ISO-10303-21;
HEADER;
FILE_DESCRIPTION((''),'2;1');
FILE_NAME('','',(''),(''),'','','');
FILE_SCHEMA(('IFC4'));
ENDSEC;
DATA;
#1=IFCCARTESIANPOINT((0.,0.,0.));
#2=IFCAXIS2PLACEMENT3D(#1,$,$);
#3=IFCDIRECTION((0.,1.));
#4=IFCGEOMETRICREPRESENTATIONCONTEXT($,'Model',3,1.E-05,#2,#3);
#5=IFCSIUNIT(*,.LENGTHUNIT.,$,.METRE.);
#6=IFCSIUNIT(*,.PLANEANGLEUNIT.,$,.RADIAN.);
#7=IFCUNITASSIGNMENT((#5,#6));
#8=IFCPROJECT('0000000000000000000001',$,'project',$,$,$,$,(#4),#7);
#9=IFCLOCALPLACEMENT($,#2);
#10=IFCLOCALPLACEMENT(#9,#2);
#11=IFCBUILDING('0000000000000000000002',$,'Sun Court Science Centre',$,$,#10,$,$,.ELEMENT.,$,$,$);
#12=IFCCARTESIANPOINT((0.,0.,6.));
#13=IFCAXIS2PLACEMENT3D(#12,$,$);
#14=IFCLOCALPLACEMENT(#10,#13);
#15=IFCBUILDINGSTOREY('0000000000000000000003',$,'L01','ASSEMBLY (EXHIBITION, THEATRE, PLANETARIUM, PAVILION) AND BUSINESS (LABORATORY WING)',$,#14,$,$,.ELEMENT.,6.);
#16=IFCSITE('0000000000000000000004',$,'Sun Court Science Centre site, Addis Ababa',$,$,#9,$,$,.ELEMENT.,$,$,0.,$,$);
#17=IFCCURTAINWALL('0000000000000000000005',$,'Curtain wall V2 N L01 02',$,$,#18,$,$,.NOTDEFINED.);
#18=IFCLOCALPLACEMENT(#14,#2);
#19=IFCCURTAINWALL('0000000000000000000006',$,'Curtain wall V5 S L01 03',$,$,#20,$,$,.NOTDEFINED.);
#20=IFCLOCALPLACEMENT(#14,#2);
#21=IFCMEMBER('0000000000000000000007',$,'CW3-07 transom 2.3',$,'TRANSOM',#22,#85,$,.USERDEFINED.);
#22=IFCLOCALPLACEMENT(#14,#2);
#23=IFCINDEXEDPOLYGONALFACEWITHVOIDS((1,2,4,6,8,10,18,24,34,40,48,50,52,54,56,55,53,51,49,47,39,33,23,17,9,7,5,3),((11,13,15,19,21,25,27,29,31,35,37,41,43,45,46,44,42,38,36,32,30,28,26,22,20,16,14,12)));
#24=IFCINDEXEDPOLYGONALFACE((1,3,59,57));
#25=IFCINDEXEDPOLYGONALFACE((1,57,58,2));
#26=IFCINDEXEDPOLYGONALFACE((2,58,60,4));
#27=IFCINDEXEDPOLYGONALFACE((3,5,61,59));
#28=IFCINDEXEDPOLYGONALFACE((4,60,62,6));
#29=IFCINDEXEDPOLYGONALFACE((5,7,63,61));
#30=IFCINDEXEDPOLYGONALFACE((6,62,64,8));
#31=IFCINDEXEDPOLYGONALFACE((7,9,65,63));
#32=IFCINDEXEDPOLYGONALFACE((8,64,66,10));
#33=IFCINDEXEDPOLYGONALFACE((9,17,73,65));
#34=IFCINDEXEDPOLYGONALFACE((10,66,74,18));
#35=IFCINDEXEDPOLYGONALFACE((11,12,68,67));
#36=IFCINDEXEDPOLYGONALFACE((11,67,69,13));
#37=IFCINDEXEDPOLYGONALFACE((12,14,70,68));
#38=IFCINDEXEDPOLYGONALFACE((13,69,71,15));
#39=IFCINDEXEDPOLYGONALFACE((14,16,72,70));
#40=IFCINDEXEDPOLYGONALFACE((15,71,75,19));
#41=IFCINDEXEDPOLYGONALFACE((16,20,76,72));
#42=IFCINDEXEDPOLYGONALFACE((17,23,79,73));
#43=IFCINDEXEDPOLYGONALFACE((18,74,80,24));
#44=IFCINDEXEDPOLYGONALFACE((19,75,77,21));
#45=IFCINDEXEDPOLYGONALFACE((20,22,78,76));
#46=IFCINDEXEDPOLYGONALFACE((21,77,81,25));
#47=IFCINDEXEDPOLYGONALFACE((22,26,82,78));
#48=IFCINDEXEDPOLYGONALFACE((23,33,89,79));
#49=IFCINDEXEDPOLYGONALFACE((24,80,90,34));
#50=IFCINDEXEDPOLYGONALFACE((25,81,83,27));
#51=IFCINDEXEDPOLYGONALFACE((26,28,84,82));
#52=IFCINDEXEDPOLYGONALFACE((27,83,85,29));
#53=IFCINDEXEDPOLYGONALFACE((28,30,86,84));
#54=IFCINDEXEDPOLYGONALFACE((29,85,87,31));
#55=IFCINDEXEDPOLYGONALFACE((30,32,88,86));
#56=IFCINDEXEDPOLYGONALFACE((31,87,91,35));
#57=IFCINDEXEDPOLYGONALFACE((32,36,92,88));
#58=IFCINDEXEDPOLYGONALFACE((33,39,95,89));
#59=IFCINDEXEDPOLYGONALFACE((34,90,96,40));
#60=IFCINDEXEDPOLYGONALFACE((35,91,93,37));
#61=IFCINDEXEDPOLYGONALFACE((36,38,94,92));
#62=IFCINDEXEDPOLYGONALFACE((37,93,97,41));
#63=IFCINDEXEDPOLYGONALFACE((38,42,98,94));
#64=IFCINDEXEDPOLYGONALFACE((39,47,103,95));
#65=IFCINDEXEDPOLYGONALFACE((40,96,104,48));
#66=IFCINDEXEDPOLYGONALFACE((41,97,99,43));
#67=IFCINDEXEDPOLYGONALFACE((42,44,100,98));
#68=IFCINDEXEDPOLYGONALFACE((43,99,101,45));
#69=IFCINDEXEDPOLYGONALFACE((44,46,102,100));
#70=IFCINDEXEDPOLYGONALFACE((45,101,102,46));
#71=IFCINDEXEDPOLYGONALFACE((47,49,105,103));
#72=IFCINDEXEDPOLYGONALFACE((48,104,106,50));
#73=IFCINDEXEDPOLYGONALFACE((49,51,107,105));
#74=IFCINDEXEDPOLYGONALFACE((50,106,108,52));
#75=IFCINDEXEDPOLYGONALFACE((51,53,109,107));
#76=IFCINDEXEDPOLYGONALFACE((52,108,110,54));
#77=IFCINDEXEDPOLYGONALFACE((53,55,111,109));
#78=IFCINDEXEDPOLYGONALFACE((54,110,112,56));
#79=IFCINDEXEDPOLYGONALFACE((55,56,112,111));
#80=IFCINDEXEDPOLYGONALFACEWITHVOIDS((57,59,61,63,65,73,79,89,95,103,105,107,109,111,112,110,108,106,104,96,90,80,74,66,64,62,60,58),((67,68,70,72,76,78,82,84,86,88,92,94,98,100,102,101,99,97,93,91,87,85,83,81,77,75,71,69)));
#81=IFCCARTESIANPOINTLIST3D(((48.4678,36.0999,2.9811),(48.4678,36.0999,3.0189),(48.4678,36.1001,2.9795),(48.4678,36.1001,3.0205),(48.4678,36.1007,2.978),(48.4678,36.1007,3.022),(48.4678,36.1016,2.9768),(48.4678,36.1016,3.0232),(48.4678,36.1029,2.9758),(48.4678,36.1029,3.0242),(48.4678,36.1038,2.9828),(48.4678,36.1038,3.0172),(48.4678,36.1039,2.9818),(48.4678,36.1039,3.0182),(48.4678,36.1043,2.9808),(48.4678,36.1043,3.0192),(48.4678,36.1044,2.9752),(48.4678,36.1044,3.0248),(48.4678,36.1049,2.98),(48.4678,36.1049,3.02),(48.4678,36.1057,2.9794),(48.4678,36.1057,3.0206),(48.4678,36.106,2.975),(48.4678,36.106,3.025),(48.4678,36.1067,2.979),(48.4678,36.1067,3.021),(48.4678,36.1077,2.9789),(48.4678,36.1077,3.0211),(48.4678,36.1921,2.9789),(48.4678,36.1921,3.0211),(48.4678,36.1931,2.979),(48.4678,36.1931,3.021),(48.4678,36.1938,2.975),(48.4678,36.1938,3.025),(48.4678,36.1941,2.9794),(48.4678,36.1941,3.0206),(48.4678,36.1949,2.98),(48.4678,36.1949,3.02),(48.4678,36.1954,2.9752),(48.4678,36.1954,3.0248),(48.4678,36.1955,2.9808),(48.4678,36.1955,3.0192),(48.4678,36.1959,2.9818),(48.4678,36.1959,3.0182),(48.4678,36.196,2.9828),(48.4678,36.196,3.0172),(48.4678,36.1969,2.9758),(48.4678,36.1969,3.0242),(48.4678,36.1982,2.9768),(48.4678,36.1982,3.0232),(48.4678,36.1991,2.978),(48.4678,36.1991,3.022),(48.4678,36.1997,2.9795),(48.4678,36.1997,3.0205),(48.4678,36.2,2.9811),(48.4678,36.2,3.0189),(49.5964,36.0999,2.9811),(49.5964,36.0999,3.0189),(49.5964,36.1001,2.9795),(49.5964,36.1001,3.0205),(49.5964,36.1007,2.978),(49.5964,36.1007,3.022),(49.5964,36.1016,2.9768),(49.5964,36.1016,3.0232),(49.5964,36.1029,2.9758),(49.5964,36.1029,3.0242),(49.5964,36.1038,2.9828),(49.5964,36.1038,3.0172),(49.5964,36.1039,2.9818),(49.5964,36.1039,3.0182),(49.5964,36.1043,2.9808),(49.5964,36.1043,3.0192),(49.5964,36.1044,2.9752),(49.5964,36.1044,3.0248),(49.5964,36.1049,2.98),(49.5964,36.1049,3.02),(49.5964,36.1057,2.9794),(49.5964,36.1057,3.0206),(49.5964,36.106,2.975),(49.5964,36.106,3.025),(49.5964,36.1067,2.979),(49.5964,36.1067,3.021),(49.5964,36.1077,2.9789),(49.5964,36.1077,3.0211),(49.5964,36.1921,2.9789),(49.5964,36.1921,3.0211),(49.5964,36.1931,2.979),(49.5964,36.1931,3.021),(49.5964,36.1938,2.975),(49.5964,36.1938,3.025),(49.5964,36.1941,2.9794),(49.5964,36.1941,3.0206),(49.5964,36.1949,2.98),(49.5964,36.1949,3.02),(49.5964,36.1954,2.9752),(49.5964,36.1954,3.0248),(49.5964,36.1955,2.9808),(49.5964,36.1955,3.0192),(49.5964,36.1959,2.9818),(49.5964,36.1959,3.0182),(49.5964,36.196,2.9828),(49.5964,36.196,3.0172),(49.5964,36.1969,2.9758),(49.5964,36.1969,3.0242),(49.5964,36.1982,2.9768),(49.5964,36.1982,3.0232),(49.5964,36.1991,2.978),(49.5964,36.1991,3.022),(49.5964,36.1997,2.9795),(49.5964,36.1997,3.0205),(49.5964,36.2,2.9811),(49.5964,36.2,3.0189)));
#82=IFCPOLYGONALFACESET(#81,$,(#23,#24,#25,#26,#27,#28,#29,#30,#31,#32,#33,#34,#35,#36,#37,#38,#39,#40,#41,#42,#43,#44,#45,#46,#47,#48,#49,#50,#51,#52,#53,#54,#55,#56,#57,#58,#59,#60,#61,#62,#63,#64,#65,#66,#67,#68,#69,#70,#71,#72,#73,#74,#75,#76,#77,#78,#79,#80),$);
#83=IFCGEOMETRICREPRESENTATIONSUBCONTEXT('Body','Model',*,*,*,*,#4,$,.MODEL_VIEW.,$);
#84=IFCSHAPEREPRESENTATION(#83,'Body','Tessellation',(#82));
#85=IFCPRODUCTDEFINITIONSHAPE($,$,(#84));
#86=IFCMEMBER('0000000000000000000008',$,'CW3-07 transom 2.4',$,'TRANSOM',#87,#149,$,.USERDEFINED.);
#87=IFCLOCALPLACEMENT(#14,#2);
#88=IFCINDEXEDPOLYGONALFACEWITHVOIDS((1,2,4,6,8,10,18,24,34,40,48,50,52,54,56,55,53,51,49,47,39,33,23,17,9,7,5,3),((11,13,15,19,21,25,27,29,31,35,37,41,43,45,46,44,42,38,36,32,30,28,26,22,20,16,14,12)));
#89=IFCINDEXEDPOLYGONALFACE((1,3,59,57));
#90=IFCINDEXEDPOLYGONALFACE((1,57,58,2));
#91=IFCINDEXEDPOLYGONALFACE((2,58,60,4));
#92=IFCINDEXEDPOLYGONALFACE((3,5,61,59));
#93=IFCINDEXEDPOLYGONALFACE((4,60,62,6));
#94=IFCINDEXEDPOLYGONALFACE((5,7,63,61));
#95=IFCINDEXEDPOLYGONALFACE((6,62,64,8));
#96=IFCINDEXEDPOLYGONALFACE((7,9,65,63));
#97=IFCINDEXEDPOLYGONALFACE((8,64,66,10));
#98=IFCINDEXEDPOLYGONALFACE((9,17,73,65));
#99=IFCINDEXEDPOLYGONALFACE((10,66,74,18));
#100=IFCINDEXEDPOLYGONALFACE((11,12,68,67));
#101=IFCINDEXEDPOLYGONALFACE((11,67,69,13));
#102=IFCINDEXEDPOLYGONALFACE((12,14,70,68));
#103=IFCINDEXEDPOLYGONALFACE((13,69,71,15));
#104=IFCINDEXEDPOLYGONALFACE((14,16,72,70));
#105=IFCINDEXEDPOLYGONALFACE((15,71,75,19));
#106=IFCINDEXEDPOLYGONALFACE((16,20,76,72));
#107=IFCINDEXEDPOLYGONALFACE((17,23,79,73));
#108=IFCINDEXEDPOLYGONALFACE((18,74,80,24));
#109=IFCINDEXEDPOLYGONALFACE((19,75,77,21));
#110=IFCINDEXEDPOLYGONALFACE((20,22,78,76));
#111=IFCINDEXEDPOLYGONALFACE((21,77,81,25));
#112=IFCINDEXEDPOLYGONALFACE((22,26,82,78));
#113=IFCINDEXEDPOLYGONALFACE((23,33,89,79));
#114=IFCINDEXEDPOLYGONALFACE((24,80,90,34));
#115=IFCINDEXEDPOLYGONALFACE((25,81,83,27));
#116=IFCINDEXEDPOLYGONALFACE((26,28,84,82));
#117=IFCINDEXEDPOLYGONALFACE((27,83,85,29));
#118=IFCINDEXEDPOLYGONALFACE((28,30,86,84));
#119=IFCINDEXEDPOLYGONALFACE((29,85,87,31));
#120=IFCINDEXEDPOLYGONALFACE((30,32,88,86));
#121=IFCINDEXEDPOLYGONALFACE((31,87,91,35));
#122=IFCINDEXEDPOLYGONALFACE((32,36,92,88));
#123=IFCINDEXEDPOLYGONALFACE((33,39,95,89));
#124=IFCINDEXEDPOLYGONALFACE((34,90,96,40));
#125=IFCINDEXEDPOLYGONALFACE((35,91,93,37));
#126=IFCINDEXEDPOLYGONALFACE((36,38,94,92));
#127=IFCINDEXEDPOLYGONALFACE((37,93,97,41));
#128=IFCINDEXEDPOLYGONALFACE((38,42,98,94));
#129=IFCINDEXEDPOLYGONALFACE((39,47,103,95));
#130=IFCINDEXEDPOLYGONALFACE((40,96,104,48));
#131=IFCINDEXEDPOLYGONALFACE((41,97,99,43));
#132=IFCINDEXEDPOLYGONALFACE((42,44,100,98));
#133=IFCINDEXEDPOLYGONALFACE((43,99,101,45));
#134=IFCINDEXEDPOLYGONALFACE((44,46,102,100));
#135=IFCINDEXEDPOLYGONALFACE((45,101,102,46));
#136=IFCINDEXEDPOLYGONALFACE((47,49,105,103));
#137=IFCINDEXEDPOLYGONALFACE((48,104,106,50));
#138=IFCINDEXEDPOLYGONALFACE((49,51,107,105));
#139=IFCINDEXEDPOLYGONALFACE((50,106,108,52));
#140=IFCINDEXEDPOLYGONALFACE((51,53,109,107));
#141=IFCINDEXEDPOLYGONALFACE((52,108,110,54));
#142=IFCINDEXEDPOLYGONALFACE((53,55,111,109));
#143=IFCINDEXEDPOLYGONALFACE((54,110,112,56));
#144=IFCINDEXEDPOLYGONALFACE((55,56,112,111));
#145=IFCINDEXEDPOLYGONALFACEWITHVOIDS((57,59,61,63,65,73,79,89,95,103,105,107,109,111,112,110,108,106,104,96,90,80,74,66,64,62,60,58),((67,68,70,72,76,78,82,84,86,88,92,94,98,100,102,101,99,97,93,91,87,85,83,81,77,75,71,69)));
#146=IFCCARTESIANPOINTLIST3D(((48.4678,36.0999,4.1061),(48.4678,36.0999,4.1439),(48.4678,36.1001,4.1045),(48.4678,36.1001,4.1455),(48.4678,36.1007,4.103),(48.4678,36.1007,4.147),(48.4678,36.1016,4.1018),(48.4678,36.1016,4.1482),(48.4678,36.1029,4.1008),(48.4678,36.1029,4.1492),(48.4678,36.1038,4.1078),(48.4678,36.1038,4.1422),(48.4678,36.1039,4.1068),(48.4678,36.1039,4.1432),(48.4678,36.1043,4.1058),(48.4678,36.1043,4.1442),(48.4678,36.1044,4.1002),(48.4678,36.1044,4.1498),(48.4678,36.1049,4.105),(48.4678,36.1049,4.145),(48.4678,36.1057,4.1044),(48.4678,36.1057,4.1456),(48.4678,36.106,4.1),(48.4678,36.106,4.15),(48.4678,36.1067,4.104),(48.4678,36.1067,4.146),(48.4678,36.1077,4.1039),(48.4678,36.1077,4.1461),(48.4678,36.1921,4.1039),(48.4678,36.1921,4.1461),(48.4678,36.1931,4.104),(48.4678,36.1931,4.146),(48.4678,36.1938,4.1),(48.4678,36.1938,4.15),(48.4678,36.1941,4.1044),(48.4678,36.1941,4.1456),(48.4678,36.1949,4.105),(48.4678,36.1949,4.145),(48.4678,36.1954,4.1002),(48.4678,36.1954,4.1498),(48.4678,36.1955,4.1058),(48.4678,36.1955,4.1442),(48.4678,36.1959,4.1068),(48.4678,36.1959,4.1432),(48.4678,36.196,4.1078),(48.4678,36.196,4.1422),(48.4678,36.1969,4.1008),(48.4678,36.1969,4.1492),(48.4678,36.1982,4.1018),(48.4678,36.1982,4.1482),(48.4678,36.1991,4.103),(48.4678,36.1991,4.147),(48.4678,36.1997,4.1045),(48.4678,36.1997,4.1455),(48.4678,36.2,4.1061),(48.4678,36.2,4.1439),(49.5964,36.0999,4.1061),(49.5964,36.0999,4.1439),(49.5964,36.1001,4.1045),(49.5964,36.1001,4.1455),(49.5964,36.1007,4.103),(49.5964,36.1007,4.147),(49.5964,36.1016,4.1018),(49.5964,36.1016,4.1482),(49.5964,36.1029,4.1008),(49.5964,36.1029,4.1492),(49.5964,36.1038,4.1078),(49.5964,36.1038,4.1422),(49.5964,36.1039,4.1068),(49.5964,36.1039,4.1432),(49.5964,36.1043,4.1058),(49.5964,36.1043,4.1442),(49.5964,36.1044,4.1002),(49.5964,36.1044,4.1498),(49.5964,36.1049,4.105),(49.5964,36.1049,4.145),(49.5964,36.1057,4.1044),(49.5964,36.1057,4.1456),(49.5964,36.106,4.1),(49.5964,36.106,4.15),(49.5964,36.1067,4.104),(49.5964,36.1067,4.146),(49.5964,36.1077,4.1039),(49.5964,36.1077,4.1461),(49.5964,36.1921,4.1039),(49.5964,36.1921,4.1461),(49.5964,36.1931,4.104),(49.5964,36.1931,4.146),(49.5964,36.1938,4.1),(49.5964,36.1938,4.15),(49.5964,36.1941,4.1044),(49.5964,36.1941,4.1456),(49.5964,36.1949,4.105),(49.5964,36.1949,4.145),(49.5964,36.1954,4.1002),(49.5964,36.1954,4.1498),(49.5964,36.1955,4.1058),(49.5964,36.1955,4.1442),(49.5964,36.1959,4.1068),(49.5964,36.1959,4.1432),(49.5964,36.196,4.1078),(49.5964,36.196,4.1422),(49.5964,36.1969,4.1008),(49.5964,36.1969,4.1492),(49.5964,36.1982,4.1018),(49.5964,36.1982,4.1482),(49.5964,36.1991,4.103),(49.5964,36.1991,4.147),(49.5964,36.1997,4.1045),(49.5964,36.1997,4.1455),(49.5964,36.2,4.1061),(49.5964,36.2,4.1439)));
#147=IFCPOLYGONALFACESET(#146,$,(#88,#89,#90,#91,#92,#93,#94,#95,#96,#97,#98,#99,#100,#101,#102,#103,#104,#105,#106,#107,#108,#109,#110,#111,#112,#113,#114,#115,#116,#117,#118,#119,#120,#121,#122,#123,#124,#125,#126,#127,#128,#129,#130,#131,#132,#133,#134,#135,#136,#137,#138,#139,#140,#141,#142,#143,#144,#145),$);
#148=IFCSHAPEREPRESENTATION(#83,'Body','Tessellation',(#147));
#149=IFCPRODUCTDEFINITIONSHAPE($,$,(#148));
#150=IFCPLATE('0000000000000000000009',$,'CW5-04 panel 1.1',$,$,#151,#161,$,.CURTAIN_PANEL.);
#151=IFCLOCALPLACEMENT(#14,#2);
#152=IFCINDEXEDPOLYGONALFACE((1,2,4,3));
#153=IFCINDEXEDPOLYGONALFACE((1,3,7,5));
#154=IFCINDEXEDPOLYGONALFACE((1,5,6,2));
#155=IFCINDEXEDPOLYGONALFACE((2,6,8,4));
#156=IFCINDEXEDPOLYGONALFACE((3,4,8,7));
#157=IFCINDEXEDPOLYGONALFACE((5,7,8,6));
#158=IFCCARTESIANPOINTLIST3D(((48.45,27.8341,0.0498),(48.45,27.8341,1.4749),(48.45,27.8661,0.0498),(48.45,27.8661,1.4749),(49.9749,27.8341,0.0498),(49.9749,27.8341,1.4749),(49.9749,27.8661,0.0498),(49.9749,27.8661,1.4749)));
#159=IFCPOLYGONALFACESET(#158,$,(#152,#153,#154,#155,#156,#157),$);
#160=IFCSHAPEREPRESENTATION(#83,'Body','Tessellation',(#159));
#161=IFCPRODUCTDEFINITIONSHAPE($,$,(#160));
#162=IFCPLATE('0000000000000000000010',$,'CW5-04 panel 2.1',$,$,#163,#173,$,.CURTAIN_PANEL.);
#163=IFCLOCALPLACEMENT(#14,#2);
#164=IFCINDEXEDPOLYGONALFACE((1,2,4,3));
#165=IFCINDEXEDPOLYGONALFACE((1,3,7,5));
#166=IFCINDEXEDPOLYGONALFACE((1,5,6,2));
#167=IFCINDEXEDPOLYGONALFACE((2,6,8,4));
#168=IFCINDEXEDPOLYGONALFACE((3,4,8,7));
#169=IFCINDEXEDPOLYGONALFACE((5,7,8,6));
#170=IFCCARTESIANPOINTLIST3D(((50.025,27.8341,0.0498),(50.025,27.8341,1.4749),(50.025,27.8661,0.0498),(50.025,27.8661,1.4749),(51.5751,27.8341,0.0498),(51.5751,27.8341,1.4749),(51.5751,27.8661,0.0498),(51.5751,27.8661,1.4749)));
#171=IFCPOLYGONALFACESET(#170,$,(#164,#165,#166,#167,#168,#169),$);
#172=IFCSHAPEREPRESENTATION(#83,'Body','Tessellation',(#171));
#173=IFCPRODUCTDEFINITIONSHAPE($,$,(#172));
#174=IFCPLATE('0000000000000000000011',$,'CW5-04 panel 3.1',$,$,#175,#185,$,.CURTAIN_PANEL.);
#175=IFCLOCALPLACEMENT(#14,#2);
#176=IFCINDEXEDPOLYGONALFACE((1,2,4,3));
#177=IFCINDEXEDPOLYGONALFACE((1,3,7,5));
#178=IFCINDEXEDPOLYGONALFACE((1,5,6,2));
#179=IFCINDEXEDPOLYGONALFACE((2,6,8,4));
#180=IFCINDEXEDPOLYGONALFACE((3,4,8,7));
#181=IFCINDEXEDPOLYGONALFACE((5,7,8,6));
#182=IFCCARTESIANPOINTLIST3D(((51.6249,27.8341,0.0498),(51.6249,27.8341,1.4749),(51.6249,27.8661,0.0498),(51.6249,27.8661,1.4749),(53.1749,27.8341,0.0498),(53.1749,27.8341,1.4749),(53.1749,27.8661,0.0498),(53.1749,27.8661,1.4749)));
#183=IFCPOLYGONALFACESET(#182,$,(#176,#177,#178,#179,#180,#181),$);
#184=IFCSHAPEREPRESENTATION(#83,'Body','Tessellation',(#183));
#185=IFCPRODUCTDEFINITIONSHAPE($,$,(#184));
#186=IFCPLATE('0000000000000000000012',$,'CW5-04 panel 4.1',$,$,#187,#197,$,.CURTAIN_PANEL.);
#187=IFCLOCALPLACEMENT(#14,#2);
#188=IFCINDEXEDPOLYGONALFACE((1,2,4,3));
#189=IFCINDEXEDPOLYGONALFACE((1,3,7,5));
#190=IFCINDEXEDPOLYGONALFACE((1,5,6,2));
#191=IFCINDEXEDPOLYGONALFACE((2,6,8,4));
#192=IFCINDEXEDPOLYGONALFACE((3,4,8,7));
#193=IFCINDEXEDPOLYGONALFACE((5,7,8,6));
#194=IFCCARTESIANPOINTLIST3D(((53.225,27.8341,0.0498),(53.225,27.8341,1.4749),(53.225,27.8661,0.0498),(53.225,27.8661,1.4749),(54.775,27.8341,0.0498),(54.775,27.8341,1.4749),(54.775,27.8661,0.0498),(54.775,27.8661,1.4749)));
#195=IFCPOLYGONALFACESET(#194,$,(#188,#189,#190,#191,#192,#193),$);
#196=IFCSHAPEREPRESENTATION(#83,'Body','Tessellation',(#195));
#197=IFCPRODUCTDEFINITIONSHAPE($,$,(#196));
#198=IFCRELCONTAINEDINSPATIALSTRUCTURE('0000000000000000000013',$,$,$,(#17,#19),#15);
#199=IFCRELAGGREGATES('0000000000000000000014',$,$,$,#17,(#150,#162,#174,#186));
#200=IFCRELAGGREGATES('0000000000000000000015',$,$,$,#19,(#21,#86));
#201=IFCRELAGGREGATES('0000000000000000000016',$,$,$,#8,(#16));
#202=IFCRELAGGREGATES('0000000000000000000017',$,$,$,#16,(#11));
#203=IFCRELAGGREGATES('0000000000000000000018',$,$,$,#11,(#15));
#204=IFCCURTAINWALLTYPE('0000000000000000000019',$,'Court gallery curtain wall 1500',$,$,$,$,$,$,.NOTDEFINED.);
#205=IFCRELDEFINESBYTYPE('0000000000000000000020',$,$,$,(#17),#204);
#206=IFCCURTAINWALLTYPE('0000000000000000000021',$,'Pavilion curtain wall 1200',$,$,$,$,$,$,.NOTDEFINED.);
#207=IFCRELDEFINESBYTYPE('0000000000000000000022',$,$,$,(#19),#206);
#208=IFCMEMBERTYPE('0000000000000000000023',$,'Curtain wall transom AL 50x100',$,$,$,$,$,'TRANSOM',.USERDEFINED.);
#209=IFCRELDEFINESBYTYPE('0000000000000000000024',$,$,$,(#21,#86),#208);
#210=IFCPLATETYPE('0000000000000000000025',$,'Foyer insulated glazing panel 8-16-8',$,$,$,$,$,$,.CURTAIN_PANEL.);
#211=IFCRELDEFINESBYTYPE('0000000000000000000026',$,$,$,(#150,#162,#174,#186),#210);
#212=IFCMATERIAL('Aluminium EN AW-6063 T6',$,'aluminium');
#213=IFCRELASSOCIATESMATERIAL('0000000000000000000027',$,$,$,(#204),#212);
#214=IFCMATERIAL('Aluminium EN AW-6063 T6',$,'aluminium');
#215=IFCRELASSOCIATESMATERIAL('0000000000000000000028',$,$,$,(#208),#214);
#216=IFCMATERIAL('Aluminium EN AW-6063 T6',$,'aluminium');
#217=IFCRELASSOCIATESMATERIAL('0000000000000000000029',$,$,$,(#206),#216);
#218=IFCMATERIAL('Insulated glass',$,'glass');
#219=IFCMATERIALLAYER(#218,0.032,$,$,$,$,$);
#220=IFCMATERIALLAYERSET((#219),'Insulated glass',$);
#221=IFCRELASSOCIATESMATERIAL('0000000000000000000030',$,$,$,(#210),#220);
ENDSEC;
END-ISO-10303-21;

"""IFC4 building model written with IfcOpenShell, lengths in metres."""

from ifc_helpers import new_model, si_unit, direction, frame, origin, origin_2d, place, context, subcontext, project, spatial, rectangle, hollow_rectangle, extrude, material, layer, layer_set, material_profile, profile_set, type_object, element, aggregate, save


model = new_model("IFC4")

# Units and contexts
model_context = context("Model", 3, precision=1e-05, world=origin(), true_north=direction((0.0, 1.0)))
body_context = subcontext(model_context, "Body", "Model", "MODEL_VIEW")
ifc_project = project(units=[si_unit("LENGTHUNIT", "METRE"), si_unit("PLANEANGLEUNIT", "RADIAN")], contexts=[model_context])

# Site, building, storey
site_placement = place(None, origin())
site = spatial("IfcSite", under=ifc_project, at=site_placement, Name="Sun Court Science Centre site, Addis Ababa", CompositionType="ELEMENT", RefElevation=0.0)
building_placement = place(site_placement, origin())
building = spatial("IfcBuilding", under=site, at=building_placement, Name="Sun Court Science Centre", CompositionType="ELEMENT")
storey_placement = place(building_placement, frame((0.0, 0.0, 6.0)))
storey = spatial("IfcBuildingStorey", under=building, at=storey_placement, Name="L01", Description="ASSEMBLY (EXHIBITION, THEATRE, PLANETARIUM, PAVILION) AND BUSINESS (LABORATORY WING)", CompositionType="ELEMENT", Elevation=6.0)

# Curtain walls, members
ifc_material_1 = material(Name="Aluminium EN AW-6063 T6", Category="aluminium")
curtain_wall_type_1 = type_object("IfcCurtainWallType", Name="Court gallery curtain wall 1500", PredefinedType="NOTDEFINED", material=ifc_material_1)
curtain_wall_1_placement = place(storey_placement, origin())
curtain_wall_1 = element("IfcCurtainWall", 1, at=curtain_wall_1_placement, inside=storey, type_object=curtain_wall_type_1, Name="Curtain wall V2 N L01 02", PredefinedType="NOTDEFINED")
ifc_material_2 = material(Name="Aluminium EN AW-6063 T6", Category="aluminium")
ifc_material_profile_1 = material_profile(ifc_material_2, hollow_rectangle(XDim=0.05, YDim=0.1001, WallThickness=0.0039, InnerFilletRadius=0.0039, OuterFilletRadius=0.0061, at=origin_2d()), Name="AL 50x100x4")
ifc_profile_set_1 = profile_set([ifc_material_profile_1], Name="Aluminium EN AW-6063 T6")
member_type_1 = type_object("IfcMemberType", Name="Curtain wall transom AL 50x100", ElementType="TRANSOM", PredefinedType="USERDEFINED", material=ifc_profile_set_1)
ifc_material_3 = material(Name="Aluminium EN AW-6063 T6", Category="aluminium")
curtain_wall_type_2 = type_object("IfcCurtainWallType", Name="Pavilion curtain wall 1200", PredefinedType="NOTDEFINED", material=ifc_material_3)
curtain_wall_2_placement = place(storey_placement, origin())
curtain_wall_2 = element("IfcCurtainWall", 2, at=curtain_wall_2_placement, inside=storey, type_object=curtain_wall_type_2, Name="Curtain wall V5 S L01 03", PredefinedType="NOTDEFINED")
member_1_placement = place(storey_placement, frame((49.5964, 36.1499, 3.0), z_axis=(-1.0, 0.0, 0.0), x_axis=(0.0, 0.0, 1.0)))
member_1 = element("IfcMember", 3, at=member_1_placement, type_object=member_type_1, Name="CW3-07 transom 2.3", ObjectType="TRANSOM", PredefinedType="USERDEFINED", context=body_context, shape_type="SweptSolid", body=[
    extrude(hollow_rectangle(XDim=0.05, YDim=0.1001, WallThickness=0.0039, InnerFilletRadius=0.0039, OuterFilletRadius=0.0061, at=origin_2d()), origin(), (0.0, 0.0, 1.0), 1.1287),
])
member_2_placement = place(storey_placement, frame((49.5964, 36.1499, 4.125), z_axis=(-1.0, 0.0, 0.0), x_axis=(0.0, 0.0, 1.0)))
member_2 = element("IfcMember", 4, at=member_2_placement, type_object=member_type_1, Name="CW3-07 transom 2.4", ObjectType="TRANSOM", PredefinedType="USERDEFINED", context=body_context, shape_type="SweptSolid", body=[
    extrude(hollow_rectangle(XDim=0.05, YDim=0.1001, WallThickness=0.0039, InnerFilletRadius=0.0039, OuterFilletRadius=0.0061, at=origin_2d()), origin(), (0.0, 0.0, 1.0), 1.1287),
])

# Plates
ifc_material_4 = material(Name="Insulated glass", Category="glass")
ifc_layer_1 = layer(ifc_material_4, 0.032)
ifc_layer_set_1 = layer_set([ifc_layer_1], Name="Insulated glass")
plate_type_1 = type_object("IfcPlateType", Name="Foyer insulated glazing panel 8-16-8", PredefinedType="CURTAIN_PANEL", material=ifc_layer_set_1)
plate_1_placement = place(storey_placement, frame((49.2124, 27.8501, 0.0498), z_axis=(0.0, 0.0, 1.0), x_axis=(1.0, 0.0, 0.0)))
plate_1 = element("IfcPlate", 5, at=plate_1_placement, type_object=plate_type_1, Name="CW5-04 panel 1.1", PredefinedType="CURTAIN_PANEL", context=body_context, shape_type="SweptSolid", body=[
    extrude(rectangle(XDim=1.5249, YDim=0.032, at=origin_2d()), origin(), (0.0, 0.0, 1.0), 1.425),
])
plate_2_placement = place(storey_placement, frame((50.8, 27.8501, 0.0498), z_axis=(0.0, 0.0, 1.0), x_axis=(1.0, 0.0, 0.0)))
plate_2 = element("IfcPlate", 6, at=plate_2_placement, type_object=plate_type_1, Name="CW5-04 panel 2.1", PredefinedType="CURTAIN_PANEL", context=body_context, shape_type="SweptSolid", body=[
    extrude(rectangle(XDim=1.55, YDim=0.032, at=origin_2d()), origin(), (0.0, 0.0, 1.0), 1.425),
])
plate_3_placement = place(storey_placement, frame((52.3999, 27.8501, 0.0498), z_axis=(0.0, 0.0, 1.0), x_axis=(1.0, 0.0, 0.0)))
plate_3 = element("IfcPlate", 7, at=plate_3_placement, type_object=plate_type_1, Name="CW5-04 panel 3.1", PredefinedType="CURTAIN_PANEL", context=body_context, shape_type="SweptSolid", body=[
    extrude(rectangle(XDim=1.55, YDim=0.032, at=origin_2d()), origin(), (0.0, 0.0, 1.0), 1.425),
])
plate_4_placement = place(storey_placement, frame((54.0, 27.8501, 0.0498), z_axis=(0.0, 0.0, 1.0), x_axis=(1.0, 0.0, 0.0)))
plate_4 = element("IfcPlate", 8, at=plate_4_placement, type_object=plate_type_1, Name="CW5-04 panel 4.1", PredefinedType="CURTAIN_PANEL", context=body_context, shape_type="SweptSolid", body=[
    extrude(rectangle(XDim=1.55, YDim=0.032, at=origin_2d()), origin(), (0.0, 0.0, 1.0), 1.425),
])
aggregate(curtain_wall_1, [plate_1, plate_2, plate_3, plate_4])
aggregate(curtain_wall_2, [member_1, member_2])

save(model, "model.ifc")
